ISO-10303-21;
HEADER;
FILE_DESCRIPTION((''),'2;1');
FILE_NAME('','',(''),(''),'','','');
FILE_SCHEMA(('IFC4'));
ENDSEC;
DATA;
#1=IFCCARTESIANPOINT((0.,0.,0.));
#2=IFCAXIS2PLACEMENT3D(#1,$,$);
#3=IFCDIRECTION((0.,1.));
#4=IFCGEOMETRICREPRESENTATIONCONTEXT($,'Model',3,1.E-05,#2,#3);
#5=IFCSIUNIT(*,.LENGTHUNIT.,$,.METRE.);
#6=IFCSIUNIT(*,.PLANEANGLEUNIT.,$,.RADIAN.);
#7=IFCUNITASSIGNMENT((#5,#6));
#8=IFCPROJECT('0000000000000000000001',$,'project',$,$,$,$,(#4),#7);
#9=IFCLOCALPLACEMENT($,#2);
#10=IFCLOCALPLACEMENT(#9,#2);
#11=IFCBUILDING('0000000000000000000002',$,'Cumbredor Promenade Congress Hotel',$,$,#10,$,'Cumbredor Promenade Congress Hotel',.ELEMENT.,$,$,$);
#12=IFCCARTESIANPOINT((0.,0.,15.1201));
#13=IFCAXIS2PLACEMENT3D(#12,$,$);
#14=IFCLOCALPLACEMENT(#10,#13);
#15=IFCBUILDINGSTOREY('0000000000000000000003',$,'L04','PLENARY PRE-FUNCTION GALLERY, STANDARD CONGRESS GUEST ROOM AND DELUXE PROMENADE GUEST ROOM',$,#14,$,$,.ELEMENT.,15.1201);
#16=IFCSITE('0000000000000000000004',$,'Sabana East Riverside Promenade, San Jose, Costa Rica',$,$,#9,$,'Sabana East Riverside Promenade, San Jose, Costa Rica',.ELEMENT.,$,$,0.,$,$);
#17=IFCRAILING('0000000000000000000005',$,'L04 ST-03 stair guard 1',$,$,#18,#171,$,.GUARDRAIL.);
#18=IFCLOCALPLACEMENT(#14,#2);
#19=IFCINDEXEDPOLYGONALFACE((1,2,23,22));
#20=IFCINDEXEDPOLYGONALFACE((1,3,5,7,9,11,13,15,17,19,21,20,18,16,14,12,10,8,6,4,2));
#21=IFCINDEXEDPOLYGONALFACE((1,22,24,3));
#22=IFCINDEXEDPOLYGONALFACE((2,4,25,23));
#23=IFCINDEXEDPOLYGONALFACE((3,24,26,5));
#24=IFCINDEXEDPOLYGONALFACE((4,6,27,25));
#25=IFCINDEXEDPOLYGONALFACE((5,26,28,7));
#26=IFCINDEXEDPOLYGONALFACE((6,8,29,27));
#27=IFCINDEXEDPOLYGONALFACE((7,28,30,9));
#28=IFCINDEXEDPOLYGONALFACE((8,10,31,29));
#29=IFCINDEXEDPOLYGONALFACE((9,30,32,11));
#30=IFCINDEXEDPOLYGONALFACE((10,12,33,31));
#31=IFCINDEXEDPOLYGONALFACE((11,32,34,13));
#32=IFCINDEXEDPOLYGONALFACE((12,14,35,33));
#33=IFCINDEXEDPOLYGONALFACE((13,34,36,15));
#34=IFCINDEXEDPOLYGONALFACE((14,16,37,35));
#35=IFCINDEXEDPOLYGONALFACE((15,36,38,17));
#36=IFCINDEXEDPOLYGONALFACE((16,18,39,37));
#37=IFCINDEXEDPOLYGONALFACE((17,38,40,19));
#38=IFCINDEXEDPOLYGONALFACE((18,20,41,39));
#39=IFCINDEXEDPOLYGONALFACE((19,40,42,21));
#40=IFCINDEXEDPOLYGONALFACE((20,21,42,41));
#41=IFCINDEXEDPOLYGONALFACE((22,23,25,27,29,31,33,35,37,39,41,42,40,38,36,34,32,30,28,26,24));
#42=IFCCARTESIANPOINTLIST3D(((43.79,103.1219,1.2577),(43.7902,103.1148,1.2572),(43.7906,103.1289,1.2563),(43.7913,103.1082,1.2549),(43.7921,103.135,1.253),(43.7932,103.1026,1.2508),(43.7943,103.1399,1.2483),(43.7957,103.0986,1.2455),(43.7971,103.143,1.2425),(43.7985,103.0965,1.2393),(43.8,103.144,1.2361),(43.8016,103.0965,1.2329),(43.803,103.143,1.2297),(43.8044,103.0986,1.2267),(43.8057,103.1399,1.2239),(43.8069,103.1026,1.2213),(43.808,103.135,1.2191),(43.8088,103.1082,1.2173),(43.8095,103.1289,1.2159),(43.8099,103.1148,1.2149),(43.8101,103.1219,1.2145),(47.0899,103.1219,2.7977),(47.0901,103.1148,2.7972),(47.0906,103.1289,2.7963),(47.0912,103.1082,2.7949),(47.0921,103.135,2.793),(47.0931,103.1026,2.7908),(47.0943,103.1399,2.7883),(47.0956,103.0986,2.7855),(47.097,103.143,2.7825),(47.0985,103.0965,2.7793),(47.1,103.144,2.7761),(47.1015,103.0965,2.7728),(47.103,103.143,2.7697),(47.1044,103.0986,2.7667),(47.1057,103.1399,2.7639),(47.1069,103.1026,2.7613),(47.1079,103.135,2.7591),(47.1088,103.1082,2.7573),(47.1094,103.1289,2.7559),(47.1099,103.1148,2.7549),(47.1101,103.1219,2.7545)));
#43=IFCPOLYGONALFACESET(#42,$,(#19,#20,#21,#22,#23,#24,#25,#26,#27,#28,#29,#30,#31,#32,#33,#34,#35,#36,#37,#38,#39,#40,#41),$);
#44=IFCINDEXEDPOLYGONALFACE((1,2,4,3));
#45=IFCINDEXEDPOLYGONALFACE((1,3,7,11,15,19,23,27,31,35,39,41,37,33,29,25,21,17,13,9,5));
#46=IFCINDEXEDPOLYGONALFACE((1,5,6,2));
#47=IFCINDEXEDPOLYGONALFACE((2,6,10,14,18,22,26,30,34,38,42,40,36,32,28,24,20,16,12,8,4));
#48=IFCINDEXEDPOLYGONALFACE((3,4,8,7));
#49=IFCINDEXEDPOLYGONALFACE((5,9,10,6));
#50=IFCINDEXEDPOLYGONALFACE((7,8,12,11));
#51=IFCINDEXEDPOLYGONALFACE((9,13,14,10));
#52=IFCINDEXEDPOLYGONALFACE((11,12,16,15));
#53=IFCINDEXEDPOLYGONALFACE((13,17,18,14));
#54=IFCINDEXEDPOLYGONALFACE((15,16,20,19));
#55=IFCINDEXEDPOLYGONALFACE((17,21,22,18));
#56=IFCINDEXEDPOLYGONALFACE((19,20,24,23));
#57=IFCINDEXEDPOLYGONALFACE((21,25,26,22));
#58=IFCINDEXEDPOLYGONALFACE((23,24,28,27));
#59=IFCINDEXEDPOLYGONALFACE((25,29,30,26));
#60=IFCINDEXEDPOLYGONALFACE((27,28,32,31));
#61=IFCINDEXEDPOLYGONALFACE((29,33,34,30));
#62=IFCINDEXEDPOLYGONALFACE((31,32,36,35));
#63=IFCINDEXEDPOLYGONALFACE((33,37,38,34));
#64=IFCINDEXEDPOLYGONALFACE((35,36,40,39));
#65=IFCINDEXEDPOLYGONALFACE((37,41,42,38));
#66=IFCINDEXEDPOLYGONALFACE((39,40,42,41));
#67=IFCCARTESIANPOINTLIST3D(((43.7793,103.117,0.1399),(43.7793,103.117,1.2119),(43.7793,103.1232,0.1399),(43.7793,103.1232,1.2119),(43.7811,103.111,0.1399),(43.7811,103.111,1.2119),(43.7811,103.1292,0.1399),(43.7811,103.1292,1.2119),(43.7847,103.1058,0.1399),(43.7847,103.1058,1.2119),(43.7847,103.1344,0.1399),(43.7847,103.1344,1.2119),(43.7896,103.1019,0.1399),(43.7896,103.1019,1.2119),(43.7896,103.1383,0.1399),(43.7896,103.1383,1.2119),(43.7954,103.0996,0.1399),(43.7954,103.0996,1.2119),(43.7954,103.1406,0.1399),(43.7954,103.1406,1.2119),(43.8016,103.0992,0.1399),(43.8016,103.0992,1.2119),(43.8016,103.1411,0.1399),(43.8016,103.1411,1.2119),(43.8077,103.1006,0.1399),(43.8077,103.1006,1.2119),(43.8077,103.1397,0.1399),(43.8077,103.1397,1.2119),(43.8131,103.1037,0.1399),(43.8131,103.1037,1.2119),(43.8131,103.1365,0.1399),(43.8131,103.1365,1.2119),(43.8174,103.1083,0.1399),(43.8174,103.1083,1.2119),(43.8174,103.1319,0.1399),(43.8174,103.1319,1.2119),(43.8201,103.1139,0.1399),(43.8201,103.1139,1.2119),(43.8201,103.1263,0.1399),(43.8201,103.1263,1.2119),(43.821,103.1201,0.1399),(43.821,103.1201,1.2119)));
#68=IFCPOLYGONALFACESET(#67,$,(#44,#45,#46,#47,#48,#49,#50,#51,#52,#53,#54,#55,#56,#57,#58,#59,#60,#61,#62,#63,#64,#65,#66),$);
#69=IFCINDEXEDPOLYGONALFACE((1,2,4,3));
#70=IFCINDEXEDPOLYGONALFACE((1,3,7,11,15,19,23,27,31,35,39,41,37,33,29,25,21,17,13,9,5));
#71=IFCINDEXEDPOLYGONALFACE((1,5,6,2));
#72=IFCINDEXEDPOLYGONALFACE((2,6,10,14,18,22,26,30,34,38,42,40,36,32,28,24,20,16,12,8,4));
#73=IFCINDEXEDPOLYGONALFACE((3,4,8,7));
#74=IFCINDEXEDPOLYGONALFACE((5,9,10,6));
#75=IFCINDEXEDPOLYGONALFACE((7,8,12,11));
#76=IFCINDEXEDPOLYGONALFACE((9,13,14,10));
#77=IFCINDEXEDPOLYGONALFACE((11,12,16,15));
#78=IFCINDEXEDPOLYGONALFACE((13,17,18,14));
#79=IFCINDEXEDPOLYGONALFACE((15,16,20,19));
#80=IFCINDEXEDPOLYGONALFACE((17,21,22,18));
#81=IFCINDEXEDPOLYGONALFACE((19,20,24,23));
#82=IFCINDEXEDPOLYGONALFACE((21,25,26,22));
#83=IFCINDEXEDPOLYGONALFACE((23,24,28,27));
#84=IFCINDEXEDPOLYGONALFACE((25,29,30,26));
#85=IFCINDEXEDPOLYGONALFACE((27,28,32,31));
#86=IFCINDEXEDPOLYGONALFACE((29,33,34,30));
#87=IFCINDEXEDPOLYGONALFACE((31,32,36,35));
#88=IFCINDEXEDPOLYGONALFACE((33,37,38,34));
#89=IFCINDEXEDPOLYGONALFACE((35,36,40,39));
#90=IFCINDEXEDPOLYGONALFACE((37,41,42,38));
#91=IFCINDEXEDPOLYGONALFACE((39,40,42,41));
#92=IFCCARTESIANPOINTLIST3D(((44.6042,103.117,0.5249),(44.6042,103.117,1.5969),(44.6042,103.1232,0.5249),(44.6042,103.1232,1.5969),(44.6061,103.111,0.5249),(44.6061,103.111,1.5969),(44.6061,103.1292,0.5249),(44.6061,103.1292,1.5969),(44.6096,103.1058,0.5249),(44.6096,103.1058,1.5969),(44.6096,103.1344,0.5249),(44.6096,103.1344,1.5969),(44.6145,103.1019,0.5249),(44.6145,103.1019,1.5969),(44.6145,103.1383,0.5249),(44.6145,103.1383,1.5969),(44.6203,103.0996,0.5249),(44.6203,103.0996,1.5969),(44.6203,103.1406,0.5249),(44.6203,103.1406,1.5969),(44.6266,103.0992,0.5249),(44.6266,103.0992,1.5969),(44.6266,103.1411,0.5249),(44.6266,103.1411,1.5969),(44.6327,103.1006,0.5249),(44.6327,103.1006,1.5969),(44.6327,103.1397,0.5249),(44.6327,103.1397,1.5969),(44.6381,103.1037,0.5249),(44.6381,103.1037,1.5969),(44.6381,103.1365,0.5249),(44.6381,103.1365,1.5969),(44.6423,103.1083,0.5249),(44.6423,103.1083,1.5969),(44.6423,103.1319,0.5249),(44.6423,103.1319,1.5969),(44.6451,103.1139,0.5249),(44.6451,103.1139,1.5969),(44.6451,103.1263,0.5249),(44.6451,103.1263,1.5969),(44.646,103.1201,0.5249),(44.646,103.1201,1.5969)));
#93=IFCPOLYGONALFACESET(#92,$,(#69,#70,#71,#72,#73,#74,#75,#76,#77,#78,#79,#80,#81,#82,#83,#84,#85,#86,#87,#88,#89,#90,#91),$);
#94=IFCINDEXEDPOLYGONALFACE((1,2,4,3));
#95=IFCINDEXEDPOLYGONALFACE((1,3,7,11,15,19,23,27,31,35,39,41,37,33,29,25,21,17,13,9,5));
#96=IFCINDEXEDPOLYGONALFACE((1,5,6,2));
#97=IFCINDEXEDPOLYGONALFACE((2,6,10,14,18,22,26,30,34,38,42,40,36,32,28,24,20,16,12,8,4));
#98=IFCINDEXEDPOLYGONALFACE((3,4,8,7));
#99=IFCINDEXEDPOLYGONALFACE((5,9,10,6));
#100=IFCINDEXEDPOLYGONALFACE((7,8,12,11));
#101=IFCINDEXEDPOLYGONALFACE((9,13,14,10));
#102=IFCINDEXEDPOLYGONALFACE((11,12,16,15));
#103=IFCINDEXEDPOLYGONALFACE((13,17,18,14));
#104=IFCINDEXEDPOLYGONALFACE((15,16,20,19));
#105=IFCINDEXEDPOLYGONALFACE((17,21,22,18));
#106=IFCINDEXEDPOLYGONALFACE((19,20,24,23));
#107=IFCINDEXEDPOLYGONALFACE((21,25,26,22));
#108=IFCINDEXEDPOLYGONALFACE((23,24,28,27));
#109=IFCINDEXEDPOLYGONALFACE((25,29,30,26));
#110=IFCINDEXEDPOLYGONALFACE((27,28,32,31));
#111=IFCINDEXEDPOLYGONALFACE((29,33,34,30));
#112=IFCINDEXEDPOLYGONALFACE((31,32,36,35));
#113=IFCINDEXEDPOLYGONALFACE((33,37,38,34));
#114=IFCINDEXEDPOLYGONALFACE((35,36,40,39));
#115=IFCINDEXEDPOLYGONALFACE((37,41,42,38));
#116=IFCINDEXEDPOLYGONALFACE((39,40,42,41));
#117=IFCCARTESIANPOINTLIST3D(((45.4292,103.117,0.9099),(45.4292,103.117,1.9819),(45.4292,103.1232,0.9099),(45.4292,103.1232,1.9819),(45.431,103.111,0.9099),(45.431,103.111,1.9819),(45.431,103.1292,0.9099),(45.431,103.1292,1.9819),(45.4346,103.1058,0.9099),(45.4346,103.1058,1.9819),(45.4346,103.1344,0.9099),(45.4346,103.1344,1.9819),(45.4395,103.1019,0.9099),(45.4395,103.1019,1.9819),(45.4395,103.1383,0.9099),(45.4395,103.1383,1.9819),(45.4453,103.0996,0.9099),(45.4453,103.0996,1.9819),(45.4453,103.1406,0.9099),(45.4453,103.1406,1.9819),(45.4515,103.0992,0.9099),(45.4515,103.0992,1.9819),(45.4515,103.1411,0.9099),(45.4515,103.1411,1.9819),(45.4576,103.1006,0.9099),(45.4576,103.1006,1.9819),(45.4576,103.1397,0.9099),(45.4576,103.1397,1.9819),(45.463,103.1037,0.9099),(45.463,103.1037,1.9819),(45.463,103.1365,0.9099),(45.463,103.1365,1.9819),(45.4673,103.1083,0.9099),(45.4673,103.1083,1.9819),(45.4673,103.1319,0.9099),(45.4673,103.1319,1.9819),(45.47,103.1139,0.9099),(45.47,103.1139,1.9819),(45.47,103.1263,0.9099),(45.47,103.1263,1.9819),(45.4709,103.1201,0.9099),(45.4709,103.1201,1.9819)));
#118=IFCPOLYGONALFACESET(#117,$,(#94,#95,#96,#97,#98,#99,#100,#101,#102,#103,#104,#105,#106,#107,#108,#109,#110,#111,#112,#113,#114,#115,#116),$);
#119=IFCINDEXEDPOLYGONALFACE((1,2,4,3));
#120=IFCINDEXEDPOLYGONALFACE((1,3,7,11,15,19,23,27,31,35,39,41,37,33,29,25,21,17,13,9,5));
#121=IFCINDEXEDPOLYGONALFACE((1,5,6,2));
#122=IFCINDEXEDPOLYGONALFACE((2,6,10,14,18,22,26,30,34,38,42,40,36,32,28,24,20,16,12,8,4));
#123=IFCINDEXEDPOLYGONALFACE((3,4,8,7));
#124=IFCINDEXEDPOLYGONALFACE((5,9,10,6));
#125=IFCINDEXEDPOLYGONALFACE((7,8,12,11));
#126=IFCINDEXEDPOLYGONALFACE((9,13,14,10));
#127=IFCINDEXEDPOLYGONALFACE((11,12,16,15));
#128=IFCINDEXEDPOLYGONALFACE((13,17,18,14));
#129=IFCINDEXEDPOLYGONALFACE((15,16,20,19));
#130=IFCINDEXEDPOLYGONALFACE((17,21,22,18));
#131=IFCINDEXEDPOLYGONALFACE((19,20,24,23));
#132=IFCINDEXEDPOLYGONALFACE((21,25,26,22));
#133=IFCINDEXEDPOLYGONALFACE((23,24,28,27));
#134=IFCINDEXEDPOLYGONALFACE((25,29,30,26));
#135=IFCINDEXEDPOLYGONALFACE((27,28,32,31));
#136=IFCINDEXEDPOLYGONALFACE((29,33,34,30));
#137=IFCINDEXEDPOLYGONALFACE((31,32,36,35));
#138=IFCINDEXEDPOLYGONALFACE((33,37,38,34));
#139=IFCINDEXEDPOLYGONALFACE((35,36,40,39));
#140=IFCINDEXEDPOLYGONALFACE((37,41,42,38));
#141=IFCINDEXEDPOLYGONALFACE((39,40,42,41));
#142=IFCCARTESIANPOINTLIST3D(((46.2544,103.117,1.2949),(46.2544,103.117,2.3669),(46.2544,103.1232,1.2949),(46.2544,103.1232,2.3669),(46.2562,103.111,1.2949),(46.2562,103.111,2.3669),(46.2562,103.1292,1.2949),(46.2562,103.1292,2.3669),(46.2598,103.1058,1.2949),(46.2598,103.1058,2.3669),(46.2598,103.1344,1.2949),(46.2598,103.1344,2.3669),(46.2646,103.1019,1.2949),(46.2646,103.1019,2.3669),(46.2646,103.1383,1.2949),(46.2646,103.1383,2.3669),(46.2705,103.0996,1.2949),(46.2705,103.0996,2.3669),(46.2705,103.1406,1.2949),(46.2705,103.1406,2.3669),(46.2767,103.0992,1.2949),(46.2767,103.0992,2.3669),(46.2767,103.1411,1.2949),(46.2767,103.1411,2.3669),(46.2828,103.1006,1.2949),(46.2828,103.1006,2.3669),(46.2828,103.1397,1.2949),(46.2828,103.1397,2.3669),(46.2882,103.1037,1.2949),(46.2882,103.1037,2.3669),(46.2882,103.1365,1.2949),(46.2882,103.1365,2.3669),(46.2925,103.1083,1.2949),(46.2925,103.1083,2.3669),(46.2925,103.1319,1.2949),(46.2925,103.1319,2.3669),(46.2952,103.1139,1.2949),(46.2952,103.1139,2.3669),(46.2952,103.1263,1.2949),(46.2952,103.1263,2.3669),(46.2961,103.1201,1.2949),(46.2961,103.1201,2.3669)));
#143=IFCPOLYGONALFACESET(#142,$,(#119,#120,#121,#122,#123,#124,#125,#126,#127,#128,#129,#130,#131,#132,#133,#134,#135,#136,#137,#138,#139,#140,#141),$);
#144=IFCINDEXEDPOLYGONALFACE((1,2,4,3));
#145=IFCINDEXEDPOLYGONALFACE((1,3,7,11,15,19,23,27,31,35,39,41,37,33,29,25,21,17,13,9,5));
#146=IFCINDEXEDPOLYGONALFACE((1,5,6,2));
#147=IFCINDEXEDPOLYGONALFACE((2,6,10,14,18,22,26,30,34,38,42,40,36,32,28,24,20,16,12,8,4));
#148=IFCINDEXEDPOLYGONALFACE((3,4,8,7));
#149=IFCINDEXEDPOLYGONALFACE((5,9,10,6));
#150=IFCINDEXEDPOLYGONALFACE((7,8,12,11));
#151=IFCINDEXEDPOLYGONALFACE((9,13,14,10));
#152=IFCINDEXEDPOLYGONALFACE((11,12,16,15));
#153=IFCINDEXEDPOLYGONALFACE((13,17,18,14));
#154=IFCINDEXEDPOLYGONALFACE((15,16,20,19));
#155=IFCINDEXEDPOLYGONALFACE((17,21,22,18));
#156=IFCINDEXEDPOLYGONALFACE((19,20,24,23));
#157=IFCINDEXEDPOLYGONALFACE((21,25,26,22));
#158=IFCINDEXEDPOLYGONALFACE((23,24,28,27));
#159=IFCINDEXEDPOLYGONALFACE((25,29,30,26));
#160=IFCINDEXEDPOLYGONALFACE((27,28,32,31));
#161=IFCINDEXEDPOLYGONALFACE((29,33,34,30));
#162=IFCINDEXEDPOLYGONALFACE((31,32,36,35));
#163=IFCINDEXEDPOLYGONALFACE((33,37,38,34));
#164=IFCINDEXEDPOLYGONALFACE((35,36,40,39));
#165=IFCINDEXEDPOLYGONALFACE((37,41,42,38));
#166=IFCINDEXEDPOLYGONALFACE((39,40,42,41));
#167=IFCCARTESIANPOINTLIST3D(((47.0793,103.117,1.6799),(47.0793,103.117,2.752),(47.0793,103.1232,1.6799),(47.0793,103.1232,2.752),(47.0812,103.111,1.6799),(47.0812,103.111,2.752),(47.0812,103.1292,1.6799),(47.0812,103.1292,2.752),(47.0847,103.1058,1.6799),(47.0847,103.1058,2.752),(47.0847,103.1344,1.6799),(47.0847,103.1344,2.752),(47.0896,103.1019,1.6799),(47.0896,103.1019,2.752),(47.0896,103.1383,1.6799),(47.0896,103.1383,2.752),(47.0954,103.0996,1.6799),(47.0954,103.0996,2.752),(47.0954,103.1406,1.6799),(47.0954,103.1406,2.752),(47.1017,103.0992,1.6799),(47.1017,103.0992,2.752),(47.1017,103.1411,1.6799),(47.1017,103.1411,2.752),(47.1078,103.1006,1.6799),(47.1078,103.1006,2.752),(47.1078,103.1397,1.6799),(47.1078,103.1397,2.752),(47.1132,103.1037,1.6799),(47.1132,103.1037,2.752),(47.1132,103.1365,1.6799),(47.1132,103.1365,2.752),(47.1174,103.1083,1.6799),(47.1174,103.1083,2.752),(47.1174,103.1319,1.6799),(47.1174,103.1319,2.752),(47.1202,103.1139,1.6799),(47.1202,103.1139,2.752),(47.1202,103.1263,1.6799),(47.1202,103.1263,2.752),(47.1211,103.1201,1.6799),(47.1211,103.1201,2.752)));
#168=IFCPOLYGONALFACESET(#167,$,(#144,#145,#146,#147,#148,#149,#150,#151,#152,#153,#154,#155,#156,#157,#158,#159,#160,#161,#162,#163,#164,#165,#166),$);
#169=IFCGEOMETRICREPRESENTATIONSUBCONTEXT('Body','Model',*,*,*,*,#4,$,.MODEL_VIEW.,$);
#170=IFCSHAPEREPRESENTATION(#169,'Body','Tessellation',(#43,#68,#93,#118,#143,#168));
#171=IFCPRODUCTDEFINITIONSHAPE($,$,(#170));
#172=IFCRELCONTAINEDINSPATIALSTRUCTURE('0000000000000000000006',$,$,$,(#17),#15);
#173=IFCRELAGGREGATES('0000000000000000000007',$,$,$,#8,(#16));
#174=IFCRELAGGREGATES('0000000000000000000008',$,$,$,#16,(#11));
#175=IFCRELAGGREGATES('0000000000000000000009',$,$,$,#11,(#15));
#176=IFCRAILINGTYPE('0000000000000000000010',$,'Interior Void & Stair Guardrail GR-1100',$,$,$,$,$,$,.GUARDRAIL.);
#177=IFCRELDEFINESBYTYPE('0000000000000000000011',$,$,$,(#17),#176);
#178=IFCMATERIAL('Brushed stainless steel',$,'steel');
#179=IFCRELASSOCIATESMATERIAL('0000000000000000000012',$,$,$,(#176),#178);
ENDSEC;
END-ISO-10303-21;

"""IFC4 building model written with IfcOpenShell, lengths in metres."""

from ifc_helpers import new_model, si_unit, direction, frame, origin, origin_2d, place, context, subcontext, project, spatial, circle, extrude, material, type_object, element, save


model = new_model("IFC4")

# Units and contexts
model_context = context("Model", 3, precision=1e-05, world=origin(), true_north=direction((0.0, 1.0)))
body_context = subcontext(model_context, "Body", "Model", "MODEL_VIEW")
ifc_project = project(units=[si_unit("LENGTHUNIT", "METRE"), si_unit("PLANEANGLEUNIT", "RADIAN")], contexts=[model_context])

# Site, building, storey
site_placement = place(None, origin())
site = spatial("IfcSite", under=ifc_project, at=site_placement, Name="Sabana East Riverside Promenade, San Jose, Costa Rica", LongName="Sabana East Riverside Promenade, San Jose, Costa Rica", CompositionType="ELEMENT", RefElevation=0.0)
building_placement = place(site_placement, origin())
building = spatial("IfcBuilding", under=site, at=building_placement, Name="Cumbredor Promenade Congress Hotel", LongName="Cumbredor Promenade Congress Hotel", CompositionType="ELEMENT")
storey_placement = place(building_placement, frame((0.0, 0.0, 15.1201)))
storey = spatial("IfcBuildingStorey", under=building, at=storey_placement, Name="L04", Description="PLENARY PRE-FUNCTION GALLERY, STANDARD CONGRESS GUEST ROOM AND DELUXE PROMENADE GUEST ROOM", CompositionType="ELEMENT", Elevation=15.1201)

# Railing
ifc_material_1 = material(Name="Brushed stainless steel", Category="steel")
railing_type_1 = type_object("IfcRailingType", Name="Interior Void & Stair Guardrail GR-1100", PredefinedType="GUARDRAIL", material=ifc_material_1)
railing_1_placement = place(storey_placement, frame((43.8, 103.1201, 0.1399)))
element("IfcRailing", 1, at=railing_1_placement, inside=storey, type_object=railing_type_1, Name="L04 ST-03 stair guard 1", PredefinedType="GUARDRAIL", context=body_context, shape_type="SweptSolid", body=[
    extrude(circle(Radius=0.0239, at=origin_2d()), frame((0.0, 0.0, 1.0962), z_axis=(0.906181, 0.0, 0.422889), x_axis=(0.0, 1.0, 0.0)), (0.0, 0.0, 1.0), 3.6416),
    extrude(circle(Radius=0.021, at=origin_2d()), origin(), (0.0, 0.0, 1.0), 1.072),
    extrude(circle(Radius=0.021, at=origin_2d()), frame((0.825, 0.0, 0.385)), (0.0, 0.0, 1.0), 1.072),
    extrude(circle(Radius=0.021, at=origin_2d()), frame((1.6499, 0.0, 0.77)), (0.0, 0.0, 1.0), 1.072),
    extrude(circle(Radius=0.021, at=origin_2d()), frame((2.4751, 0.0, 1.155)), (0.0, 0.0, 1.0), 1.072),
    extrude(circle(Radius=0.021, at=origin_2d()), frame((3.3, 0.0, 1.54)), (0.0, 0.0, 1.0), 1.072),
])

save(model, "model.ifc")
